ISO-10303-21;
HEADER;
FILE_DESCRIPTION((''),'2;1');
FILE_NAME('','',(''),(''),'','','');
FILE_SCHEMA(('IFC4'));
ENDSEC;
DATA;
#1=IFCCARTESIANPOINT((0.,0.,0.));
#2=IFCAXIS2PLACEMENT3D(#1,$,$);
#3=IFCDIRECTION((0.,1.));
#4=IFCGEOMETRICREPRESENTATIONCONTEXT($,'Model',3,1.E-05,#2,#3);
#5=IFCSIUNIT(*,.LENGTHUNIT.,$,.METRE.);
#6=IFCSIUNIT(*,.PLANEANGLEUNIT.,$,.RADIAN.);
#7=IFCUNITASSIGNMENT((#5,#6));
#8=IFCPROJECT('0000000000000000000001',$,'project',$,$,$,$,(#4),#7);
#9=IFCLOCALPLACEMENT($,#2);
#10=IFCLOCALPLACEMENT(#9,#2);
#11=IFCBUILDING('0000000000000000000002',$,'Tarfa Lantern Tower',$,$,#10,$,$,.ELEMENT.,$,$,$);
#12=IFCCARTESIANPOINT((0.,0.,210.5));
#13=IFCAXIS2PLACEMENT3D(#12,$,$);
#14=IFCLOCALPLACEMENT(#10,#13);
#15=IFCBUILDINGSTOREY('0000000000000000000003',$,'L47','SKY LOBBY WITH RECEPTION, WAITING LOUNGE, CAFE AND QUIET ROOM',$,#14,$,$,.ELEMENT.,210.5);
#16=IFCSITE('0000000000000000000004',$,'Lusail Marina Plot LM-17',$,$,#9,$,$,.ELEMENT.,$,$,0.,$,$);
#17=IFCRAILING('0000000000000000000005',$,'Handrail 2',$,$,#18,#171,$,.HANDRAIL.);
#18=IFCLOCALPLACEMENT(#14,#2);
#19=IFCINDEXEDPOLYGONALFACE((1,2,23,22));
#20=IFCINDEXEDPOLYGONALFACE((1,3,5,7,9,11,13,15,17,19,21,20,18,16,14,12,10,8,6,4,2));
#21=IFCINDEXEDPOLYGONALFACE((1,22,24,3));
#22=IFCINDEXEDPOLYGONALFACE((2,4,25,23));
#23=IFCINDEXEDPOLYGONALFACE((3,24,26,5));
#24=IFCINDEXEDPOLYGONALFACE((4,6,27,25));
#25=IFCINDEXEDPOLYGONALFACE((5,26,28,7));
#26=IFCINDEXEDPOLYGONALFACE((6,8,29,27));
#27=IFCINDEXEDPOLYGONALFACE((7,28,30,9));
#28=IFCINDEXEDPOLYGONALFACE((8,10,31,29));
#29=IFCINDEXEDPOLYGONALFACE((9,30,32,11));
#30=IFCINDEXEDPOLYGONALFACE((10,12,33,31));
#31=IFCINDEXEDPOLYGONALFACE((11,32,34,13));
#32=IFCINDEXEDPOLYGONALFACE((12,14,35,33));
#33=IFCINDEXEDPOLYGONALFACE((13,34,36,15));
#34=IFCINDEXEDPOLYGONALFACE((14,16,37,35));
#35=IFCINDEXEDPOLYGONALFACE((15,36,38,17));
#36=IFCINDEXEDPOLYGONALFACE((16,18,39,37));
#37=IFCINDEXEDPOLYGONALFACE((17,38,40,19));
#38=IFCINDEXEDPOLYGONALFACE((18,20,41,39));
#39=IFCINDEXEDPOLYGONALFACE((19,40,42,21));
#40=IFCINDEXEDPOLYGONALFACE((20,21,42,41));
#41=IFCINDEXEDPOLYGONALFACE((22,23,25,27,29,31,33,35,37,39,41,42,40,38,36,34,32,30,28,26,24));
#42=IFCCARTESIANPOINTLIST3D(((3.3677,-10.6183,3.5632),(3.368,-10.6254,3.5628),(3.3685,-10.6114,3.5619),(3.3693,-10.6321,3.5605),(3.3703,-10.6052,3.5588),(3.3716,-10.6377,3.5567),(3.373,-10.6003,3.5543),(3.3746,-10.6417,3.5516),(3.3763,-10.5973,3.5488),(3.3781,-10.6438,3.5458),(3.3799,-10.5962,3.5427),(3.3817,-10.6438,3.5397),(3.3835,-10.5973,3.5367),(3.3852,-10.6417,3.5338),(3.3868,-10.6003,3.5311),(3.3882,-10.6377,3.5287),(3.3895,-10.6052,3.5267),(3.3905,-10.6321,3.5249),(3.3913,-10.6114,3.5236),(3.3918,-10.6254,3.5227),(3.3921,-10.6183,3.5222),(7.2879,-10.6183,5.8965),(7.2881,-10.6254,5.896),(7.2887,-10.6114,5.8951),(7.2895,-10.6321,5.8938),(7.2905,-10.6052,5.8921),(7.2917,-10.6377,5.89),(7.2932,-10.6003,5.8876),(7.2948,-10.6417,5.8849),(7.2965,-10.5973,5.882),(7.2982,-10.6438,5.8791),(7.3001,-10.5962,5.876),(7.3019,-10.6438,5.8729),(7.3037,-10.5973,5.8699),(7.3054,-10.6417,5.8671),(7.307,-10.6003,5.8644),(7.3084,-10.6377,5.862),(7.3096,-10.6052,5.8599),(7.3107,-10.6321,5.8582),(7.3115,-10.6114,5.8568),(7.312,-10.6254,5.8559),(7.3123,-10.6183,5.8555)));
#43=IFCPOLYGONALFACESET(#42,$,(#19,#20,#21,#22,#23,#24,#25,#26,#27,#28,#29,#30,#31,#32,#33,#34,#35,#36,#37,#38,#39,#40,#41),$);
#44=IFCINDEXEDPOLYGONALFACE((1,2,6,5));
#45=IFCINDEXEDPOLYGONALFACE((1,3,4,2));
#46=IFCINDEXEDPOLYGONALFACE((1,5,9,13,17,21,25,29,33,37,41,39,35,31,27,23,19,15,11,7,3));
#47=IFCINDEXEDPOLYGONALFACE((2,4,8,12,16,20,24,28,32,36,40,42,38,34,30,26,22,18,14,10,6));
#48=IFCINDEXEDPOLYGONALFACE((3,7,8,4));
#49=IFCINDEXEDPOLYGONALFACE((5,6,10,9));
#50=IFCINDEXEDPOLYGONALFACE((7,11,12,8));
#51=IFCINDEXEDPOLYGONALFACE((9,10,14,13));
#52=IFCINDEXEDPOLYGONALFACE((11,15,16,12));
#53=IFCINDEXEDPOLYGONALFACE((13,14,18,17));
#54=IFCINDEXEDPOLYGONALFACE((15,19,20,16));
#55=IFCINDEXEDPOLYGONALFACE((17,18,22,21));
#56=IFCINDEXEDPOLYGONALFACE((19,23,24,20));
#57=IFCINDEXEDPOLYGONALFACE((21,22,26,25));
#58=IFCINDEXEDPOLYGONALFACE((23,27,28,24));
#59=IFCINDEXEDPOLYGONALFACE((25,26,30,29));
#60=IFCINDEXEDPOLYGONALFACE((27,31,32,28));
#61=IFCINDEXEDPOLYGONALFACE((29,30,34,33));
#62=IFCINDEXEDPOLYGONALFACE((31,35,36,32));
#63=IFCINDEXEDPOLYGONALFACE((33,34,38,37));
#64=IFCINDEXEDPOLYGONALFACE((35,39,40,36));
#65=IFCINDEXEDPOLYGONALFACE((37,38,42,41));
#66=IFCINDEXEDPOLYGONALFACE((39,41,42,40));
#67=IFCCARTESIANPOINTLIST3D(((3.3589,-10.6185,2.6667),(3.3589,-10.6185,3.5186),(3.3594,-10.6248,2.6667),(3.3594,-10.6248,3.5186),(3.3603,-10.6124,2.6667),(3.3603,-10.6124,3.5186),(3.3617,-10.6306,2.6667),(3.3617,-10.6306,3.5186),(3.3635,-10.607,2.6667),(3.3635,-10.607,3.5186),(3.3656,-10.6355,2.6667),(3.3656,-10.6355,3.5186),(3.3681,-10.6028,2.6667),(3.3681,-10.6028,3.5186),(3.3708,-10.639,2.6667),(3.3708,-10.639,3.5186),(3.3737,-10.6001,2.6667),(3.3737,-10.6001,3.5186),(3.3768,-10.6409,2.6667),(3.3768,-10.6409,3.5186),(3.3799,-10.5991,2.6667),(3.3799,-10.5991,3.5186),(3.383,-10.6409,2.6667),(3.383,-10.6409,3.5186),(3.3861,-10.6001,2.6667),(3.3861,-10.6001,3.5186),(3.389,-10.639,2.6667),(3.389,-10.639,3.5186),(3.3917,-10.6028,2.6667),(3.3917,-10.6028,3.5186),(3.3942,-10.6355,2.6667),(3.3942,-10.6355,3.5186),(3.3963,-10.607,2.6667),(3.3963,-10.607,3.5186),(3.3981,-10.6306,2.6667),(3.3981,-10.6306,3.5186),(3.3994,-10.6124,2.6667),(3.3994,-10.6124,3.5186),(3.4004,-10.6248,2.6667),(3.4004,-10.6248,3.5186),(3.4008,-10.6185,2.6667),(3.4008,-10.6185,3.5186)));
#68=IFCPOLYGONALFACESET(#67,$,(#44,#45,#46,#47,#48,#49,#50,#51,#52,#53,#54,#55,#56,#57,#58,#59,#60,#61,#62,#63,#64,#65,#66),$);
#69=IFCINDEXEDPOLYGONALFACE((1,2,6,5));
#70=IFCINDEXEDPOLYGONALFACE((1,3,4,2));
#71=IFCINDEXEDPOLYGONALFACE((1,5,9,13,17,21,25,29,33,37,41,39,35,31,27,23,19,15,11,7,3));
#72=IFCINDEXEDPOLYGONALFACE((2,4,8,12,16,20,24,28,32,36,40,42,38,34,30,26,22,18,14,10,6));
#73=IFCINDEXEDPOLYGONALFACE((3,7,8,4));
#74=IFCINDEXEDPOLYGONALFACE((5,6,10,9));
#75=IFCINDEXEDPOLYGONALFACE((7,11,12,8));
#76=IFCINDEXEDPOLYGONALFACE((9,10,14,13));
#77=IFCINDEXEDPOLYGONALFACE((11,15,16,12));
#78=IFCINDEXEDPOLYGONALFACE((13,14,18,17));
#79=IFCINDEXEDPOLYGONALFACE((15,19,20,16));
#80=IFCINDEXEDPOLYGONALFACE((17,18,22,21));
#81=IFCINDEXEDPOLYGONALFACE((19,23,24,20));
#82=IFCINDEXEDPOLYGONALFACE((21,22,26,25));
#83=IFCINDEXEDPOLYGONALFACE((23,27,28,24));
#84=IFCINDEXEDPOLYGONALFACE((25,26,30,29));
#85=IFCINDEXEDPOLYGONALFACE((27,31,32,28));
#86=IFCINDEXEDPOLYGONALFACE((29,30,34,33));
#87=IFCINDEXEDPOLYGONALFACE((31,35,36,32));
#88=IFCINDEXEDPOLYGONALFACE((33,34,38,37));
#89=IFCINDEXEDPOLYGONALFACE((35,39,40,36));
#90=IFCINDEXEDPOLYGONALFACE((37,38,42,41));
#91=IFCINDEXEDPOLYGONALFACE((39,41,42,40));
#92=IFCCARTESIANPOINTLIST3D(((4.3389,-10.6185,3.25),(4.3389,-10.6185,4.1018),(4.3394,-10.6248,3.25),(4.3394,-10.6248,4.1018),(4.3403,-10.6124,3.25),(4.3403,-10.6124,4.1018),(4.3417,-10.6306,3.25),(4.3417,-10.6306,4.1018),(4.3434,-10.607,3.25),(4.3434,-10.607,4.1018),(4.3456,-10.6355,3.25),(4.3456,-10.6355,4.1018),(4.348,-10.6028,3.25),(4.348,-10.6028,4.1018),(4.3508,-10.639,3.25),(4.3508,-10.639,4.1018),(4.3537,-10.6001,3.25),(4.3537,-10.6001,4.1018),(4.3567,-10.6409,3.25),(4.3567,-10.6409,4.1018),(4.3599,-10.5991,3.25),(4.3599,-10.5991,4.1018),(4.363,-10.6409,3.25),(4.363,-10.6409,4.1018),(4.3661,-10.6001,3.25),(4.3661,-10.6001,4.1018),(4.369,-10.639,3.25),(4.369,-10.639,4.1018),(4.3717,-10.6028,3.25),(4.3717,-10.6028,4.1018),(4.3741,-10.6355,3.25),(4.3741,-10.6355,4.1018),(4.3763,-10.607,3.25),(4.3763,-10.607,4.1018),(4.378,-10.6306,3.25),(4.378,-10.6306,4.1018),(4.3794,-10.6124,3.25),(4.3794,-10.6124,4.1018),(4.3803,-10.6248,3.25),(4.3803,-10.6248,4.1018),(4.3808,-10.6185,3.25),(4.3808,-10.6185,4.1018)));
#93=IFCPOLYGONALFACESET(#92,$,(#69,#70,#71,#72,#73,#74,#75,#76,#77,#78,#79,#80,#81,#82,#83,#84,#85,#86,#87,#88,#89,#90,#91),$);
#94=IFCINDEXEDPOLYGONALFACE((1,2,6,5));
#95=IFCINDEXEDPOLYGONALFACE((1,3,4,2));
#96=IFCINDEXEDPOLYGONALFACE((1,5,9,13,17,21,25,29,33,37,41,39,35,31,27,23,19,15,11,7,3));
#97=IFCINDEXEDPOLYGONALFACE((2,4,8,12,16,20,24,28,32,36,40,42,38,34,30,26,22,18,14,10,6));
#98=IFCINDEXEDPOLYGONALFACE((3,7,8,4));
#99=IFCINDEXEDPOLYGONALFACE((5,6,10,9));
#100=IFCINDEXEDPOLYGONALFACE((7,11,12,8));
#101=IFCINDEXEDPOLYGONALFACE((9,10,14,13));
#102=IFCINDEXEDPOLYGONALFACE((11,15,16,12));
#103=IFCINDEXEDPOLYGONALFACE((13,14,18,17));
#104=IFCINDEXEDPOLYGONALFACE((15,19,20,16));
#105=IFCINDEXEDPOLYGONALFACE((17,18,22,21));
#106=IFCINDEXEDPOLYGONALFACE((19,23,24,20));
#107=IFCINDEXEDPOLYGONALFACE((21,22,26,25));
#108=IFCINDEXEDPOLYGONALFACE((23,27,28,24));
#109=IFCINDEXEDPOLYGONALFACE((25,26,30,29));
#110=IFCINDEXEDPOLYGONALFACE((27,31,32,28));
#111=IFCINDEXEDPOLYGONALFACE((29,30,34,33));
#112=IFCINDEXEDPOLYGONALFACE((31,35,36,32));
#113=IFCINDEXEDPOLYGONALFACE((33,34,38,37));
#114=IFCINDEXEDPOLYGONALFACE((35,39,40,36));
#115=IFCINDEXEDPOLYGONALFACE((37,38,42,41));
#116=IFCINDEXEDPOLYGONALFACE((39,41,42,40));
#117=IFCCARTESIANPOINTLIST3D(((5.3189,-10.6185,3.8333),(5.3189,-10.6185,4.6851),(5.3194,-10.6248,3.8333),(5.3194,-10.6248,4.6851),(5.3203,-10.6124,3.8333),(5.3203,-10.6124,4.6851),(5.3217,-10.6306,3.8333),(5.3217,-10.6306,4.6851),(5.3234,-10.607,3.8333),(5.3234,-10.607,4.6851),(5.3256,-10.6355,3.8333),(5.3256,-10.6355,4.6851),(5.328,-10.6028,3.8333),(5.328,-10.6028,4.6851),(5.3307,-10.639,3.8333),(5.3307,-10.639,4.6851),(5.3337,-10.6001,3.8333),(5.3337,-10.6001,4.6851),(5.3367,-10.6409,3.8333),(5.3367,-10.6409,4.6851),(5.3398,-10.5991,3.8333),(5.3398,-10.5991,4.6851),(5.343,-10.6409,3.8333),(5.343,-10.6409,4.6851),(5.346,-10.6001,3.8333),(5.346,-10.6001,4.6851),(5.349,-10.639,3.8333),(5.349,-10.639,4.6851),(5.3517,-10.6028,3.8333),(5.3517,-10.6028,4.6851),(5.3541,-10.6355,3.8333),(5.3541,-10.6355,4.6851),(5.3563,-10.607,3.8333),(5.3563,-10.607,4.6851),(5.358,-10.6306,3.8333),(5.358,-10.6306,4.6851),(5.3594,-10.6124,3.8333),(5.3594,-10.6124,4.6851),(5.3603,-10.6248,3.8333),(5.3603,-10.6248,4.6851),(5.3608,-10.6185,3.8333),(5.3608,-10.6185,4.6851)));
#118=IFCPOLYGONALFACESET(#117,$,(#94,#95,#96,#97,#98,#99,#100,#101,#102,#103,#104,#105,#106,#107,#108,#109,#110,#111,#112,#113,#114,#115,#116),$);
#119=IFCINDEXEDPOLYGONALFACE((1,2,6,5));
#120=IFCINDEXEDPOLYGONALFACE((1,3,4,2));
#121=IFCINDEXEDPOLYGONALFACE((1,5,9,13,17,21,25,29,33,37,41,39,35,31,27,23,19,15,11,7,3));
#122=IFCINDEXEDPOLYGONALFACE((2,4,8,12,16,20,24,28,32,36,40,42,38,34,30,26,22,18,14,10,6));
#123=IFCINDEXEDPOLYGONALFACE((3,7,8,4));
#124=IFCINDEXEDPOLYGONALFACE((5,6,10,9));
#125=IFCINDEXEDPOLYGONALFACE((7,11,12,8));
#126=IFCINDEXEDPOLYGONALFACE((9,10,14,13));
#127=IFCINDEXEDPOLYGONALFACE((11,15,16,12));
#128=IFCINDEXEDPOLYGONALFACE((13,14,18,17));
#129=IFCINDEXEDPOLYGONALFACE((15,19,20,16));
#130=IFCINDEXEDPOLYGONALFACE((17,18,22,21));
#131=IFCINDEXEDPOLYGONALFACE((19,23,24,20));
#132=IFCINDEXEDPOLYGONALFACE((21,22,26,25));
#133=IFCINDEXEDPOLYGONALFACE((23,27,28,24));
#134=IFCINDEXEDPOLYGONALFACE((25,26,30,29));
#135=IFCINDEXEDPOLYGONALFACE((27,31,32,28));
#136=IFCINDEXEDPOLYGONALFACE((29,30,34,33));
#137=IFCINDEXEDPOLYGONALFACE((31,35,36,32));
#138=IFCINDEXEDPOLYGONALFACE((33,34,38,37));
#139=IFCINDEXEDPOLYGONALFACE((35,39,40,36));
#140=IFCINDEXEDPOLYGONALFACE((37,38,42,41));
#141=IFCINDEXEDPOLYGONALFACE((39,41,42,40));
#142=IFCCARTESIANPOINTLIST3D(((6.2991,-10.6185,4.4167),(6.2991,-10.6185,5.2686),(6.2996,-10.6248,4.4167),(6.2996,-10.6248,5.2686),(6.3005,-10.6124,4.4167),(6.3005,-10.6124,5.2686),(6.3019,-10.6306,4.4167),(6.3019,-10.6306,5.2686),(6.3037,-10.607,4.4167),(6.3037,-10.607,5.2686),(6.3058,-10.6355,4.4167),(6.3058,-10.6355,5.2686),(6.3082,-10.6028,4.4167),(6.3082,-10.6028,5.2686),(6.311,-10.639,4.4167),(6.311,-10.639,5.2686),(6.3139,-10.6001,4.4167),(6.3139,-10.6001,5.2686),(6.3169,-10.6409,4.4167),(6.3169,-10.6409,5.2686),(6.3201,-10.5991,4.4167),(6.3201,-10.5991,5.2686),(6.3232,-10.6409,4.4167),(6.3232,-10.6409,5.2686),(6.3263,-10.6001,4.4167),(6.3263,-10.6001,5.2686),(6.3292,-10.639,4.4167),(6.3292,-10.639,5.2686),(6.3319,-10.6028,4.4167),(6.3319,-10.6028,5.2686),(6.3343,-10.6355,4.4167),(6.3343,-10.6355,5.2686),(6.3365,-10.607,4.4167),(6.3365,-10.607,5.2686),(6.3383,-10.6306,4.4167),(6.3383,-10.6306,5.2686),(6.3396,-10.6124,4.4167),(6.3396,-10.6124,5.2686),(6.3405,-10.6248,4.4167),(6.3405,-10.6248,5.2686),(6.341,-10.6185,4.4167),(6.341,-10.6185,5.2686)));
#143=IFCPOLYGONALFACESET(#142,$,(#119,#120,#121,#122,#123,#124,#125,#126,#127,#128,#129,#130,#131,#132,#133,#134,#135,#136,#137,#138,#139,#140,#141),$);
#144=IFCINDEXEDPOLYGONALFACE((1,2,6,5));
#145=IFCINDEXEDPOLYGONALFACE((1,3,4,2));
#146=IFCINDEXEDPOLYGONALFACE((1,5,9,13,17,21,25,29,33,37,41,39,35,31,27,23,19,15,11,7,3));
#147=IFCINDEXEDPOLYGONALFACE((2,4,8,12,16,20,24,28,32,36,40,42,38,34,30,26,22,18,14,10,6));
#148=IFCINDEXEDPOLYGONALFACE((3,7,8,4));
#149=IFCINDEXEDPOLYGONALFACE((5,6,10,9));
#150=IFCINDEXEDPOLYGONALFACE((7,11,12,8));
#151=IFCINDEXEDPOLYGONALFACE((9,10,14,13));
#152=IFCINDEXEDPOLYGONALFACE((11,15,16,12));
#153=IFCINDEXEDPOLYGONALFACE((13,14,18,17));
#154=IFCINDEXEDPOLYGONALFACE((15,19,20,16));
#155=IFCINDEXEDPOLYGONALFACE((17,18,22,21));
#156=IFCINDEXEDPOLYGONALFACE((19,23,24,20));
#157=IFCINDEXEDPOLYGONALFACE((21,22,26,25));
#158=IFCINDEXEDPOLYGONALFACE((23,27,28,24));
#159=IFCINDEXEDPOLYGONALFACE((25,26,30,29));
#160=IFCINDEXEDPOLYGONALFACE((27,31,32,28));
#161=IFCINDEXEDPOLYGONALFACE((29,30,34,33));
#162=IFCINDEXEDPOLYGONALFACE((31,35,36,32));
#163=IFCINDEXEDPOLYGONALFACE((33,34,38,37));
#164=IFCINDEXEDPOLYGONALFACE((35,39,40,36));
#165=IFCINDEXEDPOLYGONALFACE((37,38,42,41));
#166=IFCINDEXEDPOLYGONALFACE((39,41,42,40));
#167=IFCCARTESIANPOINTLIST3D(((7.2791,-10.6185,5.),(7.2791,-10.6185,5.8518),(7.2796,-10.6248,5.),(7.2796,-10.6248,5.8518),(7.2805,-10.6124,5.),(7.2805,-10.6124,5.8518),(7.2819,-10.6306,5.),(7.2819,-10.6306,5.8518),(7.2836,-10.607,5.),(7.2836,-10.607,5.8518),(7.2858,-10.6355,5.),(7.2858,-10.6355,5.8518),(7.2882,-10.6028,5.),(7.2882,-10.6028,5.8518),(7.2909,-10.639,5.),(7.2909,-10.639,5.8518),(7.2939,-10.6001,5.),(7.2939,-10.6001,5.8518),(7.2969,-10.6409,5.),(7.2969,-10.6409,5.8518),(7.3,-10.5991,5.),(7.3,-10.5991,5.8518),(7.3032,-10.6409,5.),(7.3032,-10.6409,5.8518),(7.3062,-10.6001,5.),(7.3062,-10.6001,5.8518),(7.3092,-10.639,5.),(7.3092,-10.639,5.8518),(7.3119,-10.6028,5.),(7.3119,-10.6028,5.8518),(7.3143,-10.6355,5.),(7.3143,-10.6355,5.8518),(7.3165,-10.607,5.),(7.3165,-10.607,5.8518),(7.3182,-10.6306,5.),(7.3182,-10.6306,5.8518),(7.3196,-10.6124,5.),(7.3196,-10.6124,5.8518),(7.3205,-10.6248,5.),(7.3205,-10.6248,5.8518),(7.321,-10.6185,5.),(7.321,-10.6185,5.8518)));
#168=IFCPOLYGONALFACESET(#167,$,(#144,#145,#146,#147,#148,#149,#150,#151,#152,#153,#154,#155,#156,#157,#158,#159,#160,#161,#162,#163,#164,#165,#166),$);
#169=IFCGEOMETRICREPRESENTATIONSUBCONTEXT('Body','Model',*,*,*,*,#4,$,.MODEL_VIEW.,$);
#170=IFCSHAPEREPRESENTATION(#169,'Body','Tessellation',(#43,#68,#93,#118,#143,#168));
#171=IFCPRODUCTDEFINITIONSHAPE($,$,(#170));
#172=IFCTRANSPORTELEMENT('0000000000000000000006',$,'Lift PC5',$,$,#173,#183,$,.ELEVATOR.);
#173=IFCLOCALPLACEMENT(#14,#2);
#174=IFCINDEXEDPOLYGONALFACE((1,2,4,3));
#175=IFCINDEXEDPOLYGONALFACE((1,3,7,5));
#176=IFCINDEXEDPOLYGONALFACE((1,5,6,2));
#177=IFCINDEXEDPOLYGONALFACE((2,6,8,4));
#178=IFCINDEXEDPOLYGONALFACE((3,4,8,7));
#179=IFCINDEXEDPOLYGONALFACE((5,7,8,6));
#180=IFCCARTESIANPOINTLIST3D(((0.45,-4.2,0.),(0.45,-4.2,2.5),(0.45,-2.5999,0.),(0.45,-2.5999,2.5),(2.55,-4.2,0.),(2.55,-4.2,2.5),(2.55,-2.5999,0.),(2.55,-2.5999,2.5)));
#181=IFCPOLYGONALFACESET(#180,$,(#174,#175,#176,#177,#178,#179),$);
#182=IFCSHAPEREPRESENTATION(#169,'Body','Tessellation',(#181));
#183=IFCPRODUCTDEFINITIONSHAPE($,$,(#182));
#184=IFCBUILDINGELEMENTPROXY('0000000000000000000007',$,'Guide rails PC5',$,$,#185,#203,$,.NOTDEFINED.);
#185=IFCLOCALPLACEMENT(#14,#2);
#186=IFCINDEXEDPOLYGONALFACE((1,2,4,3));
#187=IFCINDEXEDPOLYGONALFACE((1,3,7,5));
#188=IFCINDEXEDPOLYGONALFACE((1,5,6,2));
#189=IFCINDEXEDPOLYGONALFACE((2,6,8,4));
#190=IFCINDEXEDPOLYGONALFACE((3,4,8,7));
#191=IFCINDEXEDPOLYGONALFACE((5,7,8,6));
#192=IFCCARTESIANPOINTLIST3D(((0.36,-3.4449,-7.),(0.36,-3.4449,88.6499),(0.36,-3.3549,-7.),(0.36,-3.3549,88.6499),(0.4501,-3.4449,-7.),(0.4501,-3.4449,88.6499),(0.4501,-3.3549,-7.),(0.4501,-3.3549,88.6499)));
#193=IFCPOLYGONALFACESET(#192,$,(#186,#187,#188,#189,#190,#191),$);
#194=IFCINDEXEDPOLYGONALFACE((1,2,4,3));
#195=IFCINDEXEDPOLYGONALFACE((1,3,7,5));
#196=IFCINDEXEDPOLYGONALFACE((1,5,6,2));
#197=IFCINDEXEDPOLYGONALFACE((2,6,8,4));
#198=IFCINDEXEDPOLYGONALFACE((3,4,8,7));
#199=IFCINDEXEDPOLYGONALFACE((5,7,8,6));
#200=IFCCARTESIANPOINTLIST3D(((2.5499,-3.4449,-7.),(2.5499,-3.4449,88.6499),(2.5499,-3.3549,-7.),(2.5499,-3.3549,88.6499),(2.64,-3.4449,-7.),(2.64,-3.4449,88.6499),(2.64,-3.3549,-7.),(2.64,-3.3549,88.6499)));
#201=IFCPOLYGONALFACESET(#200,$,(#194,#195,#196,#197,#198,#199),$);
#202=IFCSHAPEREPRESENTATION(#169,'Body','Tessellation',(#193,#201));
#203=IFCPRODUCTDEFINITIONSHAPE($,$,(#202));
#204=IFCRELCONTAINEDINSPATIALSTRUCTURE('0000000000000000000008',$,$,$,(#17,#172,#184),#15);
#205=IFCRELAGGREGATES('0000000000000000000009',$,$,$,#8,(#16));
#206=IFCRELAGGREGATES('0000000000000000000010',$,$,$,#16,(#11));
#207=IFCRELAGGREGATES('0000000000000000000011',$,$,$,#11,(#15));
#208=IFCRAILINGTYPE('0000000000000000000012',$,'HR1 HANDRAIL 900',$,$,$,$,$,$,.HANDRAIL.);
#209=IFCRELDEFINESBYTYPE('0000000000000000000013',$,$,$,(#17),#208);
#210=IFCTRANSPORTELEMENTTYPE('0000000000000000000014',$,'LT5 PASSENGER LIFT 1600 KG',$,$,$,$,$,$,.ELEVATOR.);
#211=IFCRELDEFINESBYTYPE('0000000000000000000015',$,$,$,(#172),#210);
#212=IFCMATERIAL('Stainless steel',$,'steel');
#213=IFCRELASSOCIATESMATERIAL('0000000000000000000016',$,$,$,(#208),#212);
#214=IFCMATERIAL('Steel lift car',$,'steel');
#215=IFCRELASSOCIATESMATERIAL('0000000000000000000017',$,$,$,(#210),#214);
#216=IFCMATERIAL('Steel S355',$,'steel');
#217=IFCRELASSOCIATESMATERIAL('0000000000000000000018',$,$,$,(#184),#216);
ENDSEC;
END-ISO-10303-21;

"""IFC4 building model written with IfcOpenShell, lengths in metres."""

from ifc_helpers import new_model, si_unit, direction, frame, frame_2d, origin, origin_2d, place, context, subcontext, project, spatial, rectangle, circle, extrude, material, type_object, element, save


model = new_model("IFC4")

# Units and contexts
model_context = context("Model", 3, precision=1e-05, world=origin(), true_north=direction((0.0, 1.0)))
body_context = subcontext(model_context, "Body", "Model", "MODEL_VIEW")
ifc_project = project(units=[si_unit("LENGTHUNIT", "METRE"), si_unit("PLANEANGLEUNIT", "RADIAN")], contexts=[model_context])

# Site, building, storey
site_placement = place(None, origin())
site = spatial("IfcSite", under=ifc_project, at=site_placement, Name="Lusail Marina Plot LM-17", CompositionType="ELEMENT", RefElevation=0.0)
building_placement = place(site_placement, origin())
building = spatial("IfcBuilding", under=site, at=building_placement, Name="Tarfa Lantern Tower", CompositionType="ELEMENT")
storey_placement = place(building_placement, frame((0.0, 0.0, 210.5)))
storey = spatial("IfcBuildingStorey", under=building, at=storey_placement, Name="L47", Description="SKY LOBBY WITH RECEPTION, WAITING LOUNGE, CAFE AND QUIET ROOM", CompositionType="ELEMENT", Elevation=210.5)

# Railing
ifc_material_1 = material(Name="Stainless steel", Category="steel")
railing_type = type_object("IfcRailingType", Name="HR1 HANDRAIL 900", PredefinedType="HANDRAIL", material=ifc_material_1)
railing_1_placement = place(storey_placement, frame((3.3799, -10.6201, 2.6667)))
element("IfcRailing", 1, at=railing_1_placement, inside=storey, type_object=railing_type, Name="Handrail 2", PredefinedType="HANDRAIL", context=body_context, shape_type="SweptSolid", body=[
    extrude(circle(Radius=0.0239, at=origin_2d()), frame((0.0, 0.0, 0.876), z_axis=(0.85931, 0.0, 0.511455), x_axis=(0.0, 1.0, 0.0)), (0.0, 0.0, 1.0), 4.562),
    extrude(circle(Radius=0.021, at=origin_2d()), frame((0.0, 0.0, 0.0), z_axis=(0.0, 0.0, 1.0), x_axis=(0.0, 1.0, 0.0)), (0.0, 0.0, 1.0), 0.8518),
    extrude(circle(Radius=0.021, at=origin_2d()), frame((0.98, 0.0, 0.5833), z_axis=(0.0, 0.0, 1.0), x_axis=(0.0, 1.0, 0.0)), (0.0, 0.0, 1.0), 0.8518),
    extrude(circle(Radius=0.021, at=origin_2d()), frame((1.96, 0.0, 1.1665), z_axis=(0.0, 0.0, 1.0), x_axis=(0.0, 1.0, 0.0)), (0.0, 0.0, 1.0), 0.8518),
    extrude(circle(Radius=0.021, at=origin_2d()), frame((2.9402, 0.0, 1.75), z_axis=(0.0, 0.0, 1.0), x_axis=(0.0, 1.0, 0.0)), (0.0, 0.0, 1.0), 0.8518),
    extrude(circle(Radius=0.021, at=origin_2d()), frame((3.9202, 0.0, 2.3333), z_axis=(0.0, 0.0, 1.0), x_axis=(0.0, 1.0, 0.0)), (0.0, 0.0, 1.0), 0.8518),
])

# Transport element
ifc_material_2 = material(Name="Steel lift car", Category="steel")
transport_element_type = type_object("IfcTransportElementType", Name="LT5 PASSENGER LIFT 1600 KG", PredefinedType="ELEVATOR", material=ifc_material_2)
transport_element_placement = place(storey_placement, frame((1.5, -3.3999, 0.0), z_axis=(0.0, 0.0, 1.0), x_axis=(1.0, 0.0, 0.0)))
element("IfcTransportElement", 2, at=transport_element_placement, inside=storey, type_object=transport_element_type, Name="Lift PC5", PredefinedType="ELEVATOR", context=body_context, shape_type="SweptSolid", body=[
    extrude(rectangle(XDim=2.1001, YDim=1.6001, at=origin_2d()), origin(), (0.0, 0.0, 1.0), 2.5),
])

# Building element proxy
ifc_material_3 = material(Name="Steel S355", Category="steel")
proxy_placement = place(storey_placement, frame((0.405, -3.3999, -7.0), z_axis=(0.0, 0.0, 1.0), x_axis=(1.0, 0.0, 0.0)))
element("IfcBuildingElementProxy", 3, at=proxy_placement, inside=storey, material=ifc_material_3, Name="Guide rails PC5", PredefinedType="NOTDEFINED", context=body_context, shape_type="SweptSolid", body=[
    extrude(rectangle(XDim=0.0901, YDim=0.0901, at=origin_2d()), origin(), (0.0, 0.0, 1.0), 95.6499),
    extrude(rectangle(XDim=0.0901, YDim=0.0901, at=frame_2d((2.1899, 0.0))), origin(), (0.0, 0.0, 1.0), 95.6499),
])

save(model, "model.ifc")
